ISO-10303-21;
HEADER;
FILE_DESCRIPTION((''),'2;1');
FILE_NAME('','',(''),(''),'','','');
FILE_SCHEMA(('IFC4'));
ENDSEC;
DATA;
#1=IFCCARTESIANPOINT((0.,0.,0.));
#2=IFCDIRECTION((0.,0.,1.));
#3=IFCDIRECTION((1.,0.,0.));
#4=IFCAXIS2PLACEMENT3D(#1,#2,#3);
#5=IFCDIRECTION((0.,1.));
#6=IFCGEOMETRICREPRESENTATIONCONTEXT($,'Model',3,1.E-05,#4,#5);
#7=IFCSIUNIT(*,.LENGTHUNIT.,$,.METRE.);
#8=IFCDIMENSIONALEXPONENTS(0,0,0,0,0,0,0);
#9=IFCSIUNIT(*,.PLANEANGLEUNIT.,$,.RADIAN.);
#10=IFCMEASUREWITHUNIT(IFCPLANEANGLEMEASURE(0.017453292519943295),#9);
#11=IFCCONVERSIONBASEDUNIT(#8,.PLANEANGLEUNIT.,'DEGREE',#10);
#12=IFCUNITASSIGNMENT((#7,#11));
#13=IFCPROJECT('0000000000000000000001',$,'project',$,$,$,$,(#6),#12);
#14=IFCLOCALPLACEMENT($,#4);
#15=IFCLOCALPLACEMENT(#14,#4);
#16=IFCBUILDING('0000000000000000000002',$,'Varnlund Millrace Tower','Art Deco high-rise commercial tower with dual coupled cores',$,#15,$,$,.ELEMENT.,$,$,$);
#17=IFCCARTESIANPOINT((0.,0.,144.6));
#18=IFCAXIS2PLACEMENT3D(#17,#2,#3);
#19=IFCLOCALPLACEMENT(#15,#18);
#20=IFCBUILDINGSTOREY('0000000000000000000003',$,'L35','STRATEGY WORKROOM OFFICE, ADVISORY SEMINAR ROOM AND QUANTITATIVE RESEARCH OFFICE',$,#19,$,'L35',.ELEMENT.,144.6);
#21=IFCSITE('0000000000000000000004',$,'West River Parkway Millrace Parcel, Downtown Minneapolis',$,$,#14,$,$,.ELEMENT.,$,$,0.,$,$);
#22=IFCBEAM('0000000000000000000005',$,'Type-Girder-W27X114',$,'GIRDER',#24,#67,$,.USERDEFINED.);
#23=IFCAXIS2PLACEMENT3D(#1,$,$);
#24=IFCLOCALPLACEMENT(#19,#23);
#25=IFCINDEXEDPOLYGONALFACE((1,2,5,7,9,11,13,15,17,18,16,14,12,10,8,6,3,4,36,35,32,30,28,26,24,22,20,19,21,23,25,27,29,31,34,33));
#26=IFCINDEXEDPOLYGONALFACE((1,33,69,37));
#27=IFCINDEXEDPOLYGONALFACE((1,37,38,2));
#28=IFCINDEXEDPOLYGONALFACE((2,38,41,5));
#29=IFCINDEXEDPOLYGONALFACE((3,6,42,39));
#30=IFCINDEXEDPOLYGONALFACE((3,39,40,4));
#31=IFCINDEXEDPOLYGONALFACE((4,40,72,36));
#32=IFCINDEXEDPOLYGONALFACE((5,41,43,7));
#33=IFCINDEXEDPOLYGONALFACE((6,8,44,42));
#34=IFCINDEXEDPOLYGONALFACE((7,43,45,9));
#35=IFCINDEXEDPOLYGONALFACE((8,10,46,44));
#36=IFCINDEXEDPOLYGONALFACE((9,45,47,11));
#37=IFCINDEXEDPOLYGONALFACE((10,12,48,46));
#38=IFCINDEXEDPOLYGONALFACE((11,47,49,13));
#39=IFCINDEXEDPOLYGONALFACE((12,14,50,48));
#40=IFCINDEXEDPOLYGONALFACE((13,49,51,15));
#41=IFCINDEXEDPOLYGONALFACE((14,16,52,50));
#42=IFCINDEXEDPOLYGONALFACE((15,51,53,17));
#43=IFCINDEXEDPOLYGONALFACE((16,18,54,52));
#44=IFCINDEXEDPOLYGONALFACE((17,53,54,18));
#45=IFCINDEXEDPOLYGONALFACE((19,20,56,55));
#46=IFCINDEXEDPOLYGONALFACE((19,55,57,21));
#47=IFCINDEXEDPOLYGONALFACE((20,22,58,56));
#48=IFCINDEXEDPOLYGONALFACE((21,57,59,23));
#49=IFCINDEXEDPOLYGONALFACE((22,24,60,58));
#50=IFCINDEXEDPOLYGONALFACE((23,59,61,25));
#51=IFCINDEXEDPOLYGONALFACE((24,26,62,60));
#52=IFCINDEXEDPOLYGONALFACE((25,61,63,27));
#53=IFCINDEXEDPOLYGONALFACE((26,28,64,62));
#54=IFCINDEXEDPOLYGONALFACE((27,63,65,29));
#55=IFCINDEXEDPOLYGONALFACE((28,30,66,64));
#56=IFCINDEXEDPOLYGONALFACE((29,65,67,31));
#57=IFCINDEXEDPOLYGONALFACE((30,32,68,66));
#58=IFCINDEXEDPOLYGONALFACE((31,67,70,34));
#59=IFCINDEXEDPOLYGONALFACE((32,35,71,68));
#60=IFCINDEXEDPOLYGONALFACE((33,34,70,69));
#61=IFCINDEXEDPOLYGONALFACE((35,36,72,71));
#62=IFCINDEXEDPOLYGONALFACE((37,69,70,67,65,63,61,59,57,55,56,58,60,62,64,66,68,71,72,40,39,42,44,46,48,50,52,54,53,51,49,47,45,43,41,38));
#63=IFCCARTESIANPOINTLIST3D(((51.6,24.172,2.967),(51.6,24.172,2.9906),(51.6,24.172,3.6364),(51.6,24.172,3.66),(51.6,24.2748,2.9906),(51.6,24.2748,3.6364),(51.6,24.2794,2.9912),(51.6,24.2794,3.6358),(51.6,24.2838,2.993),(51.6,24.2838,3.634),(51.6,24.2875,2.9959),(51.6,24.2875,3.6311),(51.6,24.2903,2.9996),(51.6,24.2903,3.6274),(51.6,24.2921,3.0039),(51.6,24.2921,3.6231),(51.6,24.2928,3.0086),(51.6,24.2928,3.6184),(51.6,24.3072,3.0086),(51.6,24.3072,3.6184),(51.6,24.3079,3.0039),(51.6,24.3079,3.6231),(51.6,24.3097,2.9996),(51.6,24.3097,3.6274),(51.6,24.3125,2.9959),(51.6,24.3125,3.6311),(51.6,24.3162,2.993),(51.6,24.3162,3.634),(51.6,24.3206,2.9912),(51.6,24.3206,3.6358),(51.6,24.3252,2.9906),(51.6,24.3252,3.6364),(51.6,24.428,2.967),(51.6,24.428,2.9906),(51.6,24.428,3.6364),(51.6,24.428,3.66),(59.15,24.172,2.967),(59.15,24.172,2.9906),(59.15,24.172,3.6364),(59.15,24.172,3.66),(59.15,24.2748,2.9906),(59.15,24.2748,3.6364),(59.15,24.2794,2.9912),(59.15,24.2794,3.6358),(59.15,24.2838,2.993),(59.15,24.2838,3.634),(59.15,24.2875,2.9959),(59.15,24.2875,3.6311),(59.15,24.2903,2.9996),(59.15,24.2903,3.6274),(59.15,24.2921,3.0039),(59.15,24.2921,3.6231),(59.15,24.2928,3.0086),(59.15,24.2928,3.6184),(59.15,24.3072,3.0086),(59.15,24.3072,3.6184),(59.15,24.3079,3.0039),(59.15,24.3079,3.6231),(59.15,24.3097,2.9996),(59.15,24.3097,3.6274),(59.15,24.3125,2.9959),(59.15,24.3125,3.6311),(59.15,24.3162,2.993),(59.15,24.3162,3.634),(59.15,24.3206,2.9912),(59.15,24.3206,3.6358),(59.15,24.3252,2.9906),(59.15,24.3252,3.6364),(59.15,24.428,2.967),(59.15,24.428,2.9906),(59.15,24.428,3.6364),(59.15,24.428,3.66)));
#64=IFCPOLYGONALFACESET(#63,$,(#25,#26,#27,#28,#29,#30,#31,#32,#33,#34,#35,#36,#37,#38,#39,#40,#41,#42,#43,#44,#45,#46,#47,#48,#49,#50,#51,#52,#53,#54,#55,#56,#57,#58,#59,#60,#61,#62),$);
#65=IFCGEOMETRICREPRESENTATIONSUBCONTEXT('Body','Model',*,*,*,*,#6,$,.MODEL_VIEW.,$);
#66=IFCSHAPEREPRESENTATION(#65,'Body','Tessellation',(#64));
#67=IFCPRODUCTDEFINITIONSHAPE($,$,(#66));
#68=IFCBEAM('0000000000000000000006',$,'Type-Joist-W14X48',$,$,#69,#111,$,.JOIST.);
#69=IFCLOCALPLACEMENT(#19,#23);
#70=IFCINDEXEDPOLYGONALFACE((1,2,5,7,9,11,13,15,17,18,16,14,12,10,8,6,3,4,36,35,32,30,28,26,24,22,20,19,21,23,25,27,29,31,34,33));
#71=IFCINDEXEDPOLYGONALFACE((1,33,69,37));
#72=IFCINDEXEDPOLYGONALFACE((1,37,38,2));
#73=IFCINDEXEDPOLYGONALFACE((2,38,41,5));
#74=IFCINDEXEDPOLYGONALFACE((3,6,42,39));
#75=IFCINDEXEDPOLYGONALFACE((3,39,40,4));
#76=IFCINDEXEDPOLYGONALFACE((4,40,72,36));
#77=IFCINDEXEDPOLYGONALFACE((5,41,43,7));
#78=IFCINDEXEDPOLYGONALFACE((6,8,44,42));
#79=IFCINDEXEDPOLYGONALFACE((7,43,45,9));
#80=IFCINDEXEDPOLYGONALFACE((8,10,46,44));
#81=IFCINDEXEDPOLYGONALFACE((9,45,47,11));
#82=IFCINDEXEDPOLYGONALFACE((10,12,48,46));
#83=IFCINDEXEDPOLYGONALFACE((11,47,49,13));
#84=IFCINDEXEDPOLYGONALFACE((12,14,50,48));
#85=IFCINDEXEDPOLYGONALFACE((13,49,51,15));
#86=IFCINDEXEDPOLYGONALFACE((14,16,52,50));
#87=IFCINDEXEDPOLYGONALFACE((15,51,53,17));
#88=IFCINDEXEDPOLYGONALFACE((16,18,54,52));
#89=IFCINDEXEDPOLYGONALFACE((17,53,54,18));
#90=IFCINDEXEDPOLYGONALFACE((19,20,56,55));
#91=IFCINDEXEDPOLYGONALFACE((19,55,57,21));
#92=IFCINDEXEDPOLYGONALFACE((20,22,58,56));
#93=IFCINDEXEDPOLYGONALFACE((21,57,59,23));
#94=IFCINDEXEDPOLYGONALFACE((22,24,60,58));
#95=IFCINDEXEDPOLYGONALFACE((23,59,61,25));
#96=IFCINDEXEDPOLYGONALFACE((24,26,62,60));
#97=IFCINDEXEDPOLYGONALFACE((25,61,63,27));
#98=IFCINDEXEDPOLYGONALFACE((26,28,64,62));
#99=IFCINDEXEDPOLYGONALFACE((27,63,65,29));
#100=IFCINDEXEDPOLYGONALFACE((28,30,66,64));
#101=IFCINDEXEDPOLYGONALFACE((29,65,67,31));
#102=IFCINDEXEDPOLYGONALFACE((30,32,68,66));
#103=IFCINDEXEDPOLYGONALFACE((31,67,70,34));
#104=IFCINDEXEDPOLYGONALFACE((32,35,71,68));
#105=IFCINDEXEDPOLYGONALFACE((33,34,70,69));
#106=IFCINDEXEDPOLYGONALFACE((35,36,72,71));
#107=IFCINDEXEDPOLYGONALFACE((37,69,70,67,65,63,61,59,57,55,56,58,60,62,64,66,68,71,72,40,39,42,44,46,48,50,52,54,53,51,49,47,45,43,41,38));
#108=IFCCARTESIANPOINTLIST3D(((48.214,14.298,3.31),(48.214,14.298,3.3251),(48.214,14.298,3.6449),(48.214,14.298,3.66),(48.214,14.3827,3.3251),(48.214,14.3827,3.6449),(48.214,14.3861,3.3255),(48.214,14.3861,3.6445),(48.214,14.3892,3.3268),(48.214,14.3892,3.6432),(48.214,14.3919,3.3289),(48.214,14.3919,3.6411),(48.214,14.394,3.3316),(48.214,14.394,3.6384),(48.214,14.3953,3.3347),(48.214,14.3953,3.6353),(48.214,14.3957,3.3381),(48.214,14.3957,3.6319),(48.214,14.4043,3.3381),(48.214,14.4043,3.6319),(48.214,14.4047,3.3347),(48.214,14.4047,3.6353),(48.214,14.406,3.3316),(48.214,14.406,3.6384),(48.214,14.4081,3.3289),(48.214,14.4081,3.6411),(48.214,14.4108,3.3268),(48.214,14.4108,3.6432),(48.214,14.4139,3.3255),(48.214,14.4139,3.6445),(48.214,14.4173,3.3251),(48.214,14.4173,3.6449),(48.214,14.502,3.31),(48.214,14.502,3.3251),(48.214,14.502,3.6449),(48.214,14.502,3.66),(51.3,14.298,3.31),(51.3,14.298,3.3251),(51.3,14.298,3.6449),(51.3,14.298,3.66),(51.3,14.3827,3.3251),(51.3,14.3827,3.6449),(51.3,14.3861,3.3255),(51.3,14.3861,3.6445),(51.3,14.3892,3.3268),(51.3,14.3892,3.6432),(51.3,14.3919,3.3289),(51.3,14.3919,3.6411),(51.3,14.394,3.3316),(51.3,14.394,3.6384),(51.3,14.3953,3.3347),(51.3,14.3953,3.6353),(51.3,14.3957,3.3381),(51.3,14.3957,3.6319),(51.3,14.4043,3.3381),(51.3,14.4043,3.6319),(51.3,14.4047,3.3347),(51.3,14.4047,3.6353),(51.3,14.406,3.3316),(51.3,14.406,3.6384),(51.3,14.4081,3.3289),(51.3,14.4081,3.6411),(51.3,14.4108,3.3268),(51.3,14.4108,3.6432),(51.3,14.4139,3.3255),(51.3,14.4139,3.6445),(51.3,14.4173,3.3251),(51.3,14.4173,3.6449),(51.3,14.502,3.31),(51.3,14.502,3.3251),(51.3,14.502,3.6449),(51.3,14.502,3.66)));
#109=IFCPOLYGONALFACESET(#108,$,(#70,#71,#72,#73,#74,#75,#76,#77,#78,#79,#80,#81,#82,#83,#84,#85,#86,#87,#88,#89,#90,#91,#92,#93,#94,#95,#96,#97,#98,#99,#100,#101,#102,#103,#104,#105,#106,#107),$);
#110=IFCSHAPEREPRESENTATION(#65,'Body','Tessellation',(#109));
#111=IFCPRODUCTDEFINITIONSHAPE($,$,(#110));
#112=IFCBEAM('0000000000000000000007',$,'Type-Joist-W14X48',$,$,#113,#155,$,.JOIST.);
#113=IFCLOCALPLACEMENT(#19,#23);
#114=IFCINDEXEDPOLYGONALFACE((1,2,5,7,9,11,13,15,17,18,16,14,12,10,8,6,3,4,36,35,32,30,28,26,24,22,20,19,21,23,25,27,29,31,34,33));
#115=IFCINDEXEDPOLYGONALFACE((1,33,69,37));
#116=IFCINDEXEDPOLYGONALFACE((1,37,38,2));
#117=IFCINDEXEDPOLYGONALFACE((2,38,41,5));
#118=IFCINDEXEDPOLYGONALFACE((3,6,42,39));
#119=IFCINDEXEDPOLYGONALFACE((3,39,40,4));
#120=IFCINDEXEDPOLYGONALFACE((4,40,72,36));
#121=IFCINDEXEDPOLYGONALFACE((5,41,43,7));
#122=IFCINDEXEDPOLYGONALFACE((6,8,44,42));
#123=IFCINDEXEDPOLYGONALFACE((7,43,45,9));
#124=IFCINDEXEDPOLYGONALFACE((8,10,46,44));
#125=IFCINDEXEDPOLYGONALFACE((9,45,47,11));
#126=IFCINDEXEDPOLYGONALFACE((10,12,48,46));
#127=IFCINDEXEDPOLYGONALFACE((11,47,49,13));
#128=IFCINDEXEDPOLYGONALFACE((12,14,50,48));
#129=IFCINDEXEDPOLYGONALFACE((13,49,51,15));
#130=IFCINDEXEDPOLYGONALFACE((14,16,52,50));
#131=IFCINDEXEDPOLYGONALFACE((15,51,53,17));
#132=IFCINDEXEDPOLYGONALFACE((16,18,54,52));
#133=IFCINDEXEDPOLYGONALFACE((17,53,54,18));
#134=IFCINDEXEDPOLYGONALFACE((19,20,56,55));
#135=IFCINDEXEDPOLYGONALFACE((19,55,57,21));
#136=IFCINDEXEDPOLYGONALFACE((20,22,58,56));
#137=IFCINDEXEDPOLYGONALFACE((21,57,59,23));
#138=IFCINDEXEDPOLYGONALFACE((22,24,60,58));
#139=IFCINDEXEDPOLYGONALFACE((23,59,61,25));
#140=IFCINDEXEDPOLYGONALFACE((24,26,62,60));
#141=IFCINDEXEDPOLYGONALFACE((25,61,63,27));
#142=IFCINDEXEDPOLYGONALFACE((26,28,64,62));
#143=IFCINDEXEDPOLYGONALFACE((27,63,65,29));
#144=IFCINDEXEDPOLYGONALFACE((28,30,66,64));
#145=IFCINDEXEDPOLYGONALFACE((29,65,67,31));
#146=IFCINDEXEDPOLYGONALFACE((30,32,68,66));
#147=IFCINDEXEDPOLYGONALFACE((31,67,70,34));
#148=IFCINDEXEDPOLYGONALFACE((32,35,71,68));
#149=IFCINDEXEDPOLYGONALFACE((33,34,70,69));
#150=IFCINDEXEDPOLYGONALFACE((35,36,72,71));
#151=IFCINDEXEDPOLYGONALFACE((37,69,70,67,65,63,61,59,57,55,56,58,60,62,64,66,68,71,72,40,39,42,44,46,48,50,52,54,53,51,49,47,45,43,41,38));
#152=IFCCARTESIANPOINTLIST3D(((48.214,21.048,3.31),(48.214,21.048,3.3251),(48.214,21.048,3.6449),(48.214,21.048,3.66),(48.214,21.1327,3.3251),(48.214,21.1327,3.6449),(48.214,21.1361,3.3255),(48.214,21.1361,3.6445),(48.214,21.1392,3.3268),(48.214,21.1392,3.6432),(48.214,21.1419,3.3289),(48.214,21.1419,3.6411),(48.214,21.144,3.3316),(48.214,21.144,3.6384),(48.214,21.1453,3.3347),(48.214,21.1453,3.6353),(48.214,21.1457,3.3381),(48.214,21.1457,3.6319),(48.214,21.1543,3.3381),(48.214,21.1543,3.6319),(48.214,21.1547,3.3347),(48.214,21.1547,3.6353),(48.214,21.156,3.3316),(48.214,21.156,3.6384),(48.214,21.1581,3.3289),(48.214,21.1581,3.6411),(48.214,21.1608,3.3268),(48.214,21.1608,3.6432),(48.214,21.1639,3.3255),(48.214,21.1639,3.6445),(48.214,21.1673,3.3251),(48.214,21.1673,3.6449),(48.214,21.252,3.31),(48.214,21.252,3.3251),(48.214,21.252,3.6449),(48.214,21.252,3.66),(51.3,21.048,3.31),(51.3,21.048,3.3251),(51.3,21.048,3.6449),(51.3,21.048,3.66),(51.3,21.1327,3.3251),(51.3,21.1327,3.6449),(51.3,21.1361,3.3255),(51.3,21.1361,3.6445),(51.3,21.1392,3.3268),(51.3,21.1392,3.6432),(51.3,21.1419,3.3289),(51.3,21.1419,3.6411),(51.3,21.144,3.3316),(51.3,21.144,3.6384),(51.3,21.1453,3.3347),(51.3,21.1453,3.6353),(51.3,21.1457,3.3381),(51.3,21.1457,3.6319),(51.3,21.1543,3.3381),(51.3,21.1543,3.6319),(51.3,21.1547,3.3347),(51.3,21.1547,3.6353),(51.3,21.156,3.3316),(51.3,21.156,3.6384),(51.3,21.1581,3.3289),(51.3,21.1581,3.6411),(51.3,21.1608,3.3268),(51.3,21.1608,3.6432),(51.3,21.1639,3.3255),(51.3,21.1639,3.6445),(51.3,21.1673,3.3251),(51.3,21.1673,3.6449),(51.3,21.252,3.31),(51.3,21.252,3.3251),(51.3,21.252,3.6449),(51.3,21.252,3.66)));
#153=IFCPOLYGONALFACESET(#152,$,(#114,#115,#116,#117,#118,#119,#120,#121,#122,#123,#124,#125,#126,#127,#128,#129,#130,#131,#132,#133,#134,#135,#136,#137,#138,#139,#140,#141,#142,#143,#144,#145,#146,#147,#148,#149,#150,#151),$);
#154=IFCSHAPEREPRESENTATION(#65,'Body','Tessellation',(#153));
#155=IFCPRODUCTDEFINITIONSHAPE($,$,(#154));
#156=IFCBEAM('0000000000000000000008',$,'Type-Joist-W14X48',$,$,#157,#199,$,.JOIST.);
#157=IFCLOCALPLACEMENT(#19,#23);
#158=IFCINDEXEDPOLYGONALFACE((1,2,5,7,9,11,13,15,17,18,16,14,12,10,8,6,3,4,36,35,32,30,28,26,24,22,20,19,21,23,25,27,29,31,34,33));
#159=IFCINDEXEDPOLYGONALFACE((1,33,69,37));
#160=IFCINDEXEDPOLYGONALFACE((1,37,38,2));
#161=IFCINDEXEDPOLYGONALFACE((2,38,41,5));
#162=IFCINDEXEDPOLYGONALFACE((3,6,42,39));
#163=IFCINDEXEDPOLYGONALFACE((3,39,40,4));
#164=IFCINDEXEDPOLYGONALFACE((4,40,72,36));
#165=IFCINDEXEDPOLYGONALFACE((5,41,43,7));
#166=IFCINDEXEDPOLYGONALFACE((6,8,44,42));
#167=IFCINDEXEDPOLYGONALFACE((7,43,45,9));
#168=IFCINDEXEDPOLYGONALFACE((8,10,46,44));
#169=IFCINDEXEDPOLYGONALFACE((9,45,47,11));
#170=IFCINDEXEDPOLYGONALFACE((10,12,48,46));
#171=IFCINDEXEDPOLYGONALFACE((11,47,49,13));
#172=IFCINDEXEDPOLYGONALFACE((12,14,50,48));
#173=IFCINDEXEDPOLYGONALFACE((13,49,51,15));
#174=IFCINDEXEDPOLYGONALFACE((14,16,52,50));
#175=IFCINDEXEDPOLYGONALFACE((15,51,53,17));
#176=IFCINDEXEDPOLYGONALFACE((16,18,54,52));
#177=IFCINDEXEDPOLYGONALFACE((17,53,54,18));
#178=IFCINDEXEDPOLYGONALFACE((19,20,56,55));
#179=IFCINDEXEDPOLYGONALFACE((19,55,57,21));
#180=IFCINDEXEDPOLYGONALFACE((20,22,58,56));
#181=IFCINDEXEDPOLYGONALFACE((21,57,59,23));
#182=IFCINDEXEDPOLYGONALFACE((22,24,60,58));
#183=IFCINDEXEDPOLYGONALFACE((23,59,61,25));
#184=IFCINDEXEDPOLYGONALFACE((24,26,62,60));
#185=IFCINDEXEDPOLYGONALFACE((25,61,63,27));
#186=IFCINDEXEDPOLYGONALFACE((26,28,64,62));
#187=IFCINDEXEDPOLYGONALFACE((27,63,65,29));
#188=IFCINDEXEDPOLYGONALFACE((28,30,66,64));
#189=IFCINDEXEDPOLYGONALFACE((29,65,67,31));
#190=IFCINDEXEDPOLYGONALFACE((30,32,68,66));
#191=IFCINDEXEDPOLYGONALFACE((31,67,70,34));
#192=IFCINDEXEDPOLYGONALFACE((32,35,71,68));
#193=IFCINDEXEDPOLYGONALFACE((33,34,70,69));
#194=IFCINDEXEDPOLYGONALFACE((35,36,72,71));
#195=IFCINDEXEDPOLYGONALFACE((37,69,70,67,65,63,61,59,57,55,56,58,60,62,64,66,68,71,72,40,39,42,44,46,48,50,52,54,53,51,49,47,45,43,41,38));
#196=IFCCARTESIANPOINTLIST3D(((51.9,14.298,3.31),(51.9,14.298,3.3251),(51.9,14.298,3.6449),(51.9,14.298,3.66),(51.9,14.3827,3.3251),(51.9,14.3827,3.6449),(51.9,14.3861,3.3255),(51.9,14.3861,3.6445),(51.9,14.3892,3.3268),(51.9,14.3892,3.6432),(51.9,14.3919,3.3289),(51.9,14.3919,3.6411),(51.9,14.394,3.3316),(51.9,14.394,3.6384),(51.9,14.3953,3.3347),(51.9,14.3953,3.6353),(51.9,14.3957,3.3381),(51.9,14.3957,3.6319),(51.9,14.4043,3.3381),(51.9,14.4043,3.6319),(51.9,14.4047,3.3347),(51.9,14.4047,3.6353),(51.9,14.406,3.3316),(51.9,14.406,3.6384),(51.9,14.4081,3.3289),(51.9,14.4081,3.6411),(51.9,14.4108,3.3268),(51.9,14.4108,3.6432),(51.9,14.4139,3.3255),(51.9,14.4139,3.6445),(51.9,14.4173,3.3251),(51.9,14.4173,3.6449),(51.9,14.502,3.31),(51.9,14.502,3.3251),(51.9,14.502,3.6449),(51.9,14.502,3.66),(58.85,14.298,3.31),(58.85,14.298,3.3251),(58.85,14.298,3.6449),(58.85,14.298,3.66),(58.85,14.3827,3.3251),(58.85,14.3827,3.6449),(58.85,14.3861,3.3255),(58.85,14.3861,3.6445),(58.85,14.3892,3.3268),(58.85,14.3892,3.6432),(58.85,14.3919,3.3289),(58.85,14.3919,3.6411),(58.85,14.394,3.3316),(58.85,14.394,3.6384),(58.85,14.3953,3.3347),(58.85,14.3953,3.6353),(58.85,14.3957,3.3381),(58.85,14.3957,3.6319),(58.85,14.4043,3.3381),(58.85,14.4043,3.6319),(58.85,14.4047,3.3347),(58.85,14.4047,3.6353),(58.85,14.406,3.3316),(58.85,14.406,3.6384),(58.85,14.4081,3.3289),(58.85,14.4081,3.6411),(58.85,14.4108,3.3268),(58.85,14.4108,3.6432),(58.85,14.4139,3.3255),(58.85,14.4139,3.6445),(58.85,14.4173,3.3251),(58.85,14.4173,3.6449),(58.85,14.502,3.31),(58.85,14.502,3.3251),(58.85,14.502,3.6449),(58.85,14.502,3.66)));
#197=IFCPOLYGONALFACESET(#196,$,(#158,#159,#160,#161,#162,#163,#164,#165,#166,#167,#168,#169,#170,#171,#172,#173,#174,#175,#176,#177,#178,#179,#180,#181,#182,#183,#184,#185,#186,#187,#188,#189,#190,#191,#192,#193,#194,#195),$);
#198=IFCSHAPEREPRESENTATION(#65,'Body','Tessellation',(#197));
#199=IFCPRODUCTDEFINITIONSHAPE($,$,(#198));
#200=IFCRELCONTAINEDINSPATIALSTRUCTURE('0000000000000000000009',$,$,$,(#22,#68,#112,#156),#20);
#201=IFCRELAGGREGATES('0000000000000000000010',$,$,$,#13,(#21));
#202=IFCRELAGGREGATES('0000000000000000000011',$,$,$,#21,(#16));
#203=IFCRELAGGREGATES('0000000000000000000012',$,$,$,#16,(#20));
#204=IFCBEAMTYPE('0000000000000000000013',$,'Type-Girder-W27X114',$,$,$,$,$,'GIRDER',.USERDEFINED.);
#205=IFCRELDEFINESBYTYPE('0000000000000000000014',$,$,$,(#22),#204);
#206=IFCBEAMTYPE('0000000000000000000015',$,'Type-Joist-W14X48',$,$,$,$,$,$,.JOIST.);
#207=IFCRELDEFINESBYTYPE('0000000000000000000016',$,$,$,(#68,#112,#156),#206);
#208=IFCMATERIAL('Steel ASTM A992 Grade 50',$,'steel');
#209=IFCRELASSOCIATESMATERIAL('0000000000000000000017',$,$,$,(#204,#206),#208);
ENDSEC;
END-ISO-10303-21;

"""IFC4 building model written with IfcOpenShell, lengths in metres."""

from ifc_helpers import new_model, entity, si_unit, converted_unit, direction, frame, origin_with_axes, origin_2d_with_axis, place, context, subcontext, project, spatial, i_section, extrude, material, material_profile, profile_set, type_object, element, save


model = new_model("IFC4")

# Units and contexts
model_context = context("Model", 3, precision=1e-05, world=origin_with_axes(), true_north=direction((0.0, 1.0)))
body_context = subcontext(model_context, "Body", "Model", "MODEL_VIEW")
ifc_project = project(units=[si_unit("LENGTHUNIT", "METRE"), converted_unit("PLANEANGLEUNIT", "DEGREE", entity("IfcPlaneAngleMeasure", 0.017453292519943295), si_unit("PLANEANGLEUNIT", "RADIAN"), dimensions=[0, 0, 0, 0, 0, 0, 0])], contexts=[model_context])

# Site, building, storey
site_placement = place(None, origin_with_axes())
site = spatial("IfcSite", under=ifc_project, at=site_placement, Name="West River Parkway Millrace Parcel, Downtown Minneapolis", CompositionType="ELEMENT", RefElevation=0.0)
building_placement = place(site_placement, origin_with_axes())
building = spatial("IfcBuilding", under=site, at=building_placement, Name="Varnlund Millrace Tower", Description="Art Deco high-rise commercial tower with dual coupled cores", CompositionType="ELEMENT")
storey_placement = place(building_placement, frame((0.0, 0.0, 144.6), z_axis=(0.0, 0.0, 1.0), x_axis=(1.0, 0.0, 0.0)))
storey = spatial("IfcBuildingStorey", under=building, at=storey_placement, Name="L35", Description="STRATEGY WORKROOM OFFICE, ADVISORY SEMINAR ROOM AND QUANTITATIVE RESEARCH OFFICE", LongName="L35", CompositionType="ELEMENT", Elevation=144.6)

# Beams
ifc_material_1 = material(Name="Steel ASTM A992 Grade 50", Category="steel")
ifc_material_profile_1 = material_profile(ifc_material_1, i_section(OverallWidth=0.256, OverallDepth=0.693, WebThickness=0.0145, FlangeThickness=0.0236, FilletRadius=0.018, at=origin_2d_with_axis()), Name="Steel ASTM A992 Grade 50")
ifc_profile_set_1 = profile_set([ifc_material_profile_1], Name="Steel ASTM A992 Grade 50")
beam_type_1 = type_object("IfcBeamType", Name="Type-Girder-W27X114", ElementType="GIRDER", PredefinedType="USERDEFINED", material=ifc_profile_set_1)
beam_1_placement = place(storey_placement, frame((51.6, 24.3, 3.3135), z_axis=(1.0, 0.0, 0.0), x_axis=(0.0, 1.0, 0.0)))
element("IfcBeam", 1, at=beam_1_placement, inside=storey, type_object=beam_type_1, Name="Type-Girder-W27X114", ObjectType="GIRDER", PredefinedType="USERDEFINED", context=body_context, shape_type="SweptSolid", body=[
    extrude(i_section(OverallWidth=0.256, OverallDepth=0.693, WebThickness=0.0145, FlangeThickness=0.0236, FilletRadius=0.018, at=origin_2d_with_axis()), origin_with_axes(), (0.0, 0.0, 1.0), 7.55),
])
ifc_material_profile_2 = material_profile(ifc_material_1, i_section(OverallWidth=0.204, OverallDepth=0.35, WebThickness=0.0086, FlangeThickness=0.0151, FilletRadius=0.013, at=origin_2d_with_axis()), Name="Steel ASTM A992 Grade 50")
ifc_profile_set_2 = profile_set([ifc_material_profile_2], Name="Steel ASTM A992 Grade 50")
beam_type_2 = type_object("IfcBeamType", Name="Type-Joist-W14X48", PredefinedType="JOIST", material=ifc_profile_set_2)
for number, where, z_axis, x_axis, name in (
    (2, (48.214, 14.4, 3.485), (1.0, 0.0, 0.0), (0.0, 1.0, 0.0), "Type-Joist-W14X48"),
    (3, (48.214, 21.15, 3.485), (1.0, 0.0, 0.0), (0.0, 1.0, 0.0), "Type-Joist-W14X48"),
):
    element("IfcBeam", number, at=place(storey_placement, frame(where, z_axis=z_axis, x_axis=x_axis)), inside=storey, type_object=beam_type_2, Name=name, PredefinedType="JOIST", context=body_context, shape_type="SweptSolid", body=[
        extrude(i_section(OverallWidth=0.204, OverallDepth=0.35, WebThickness=0.0086, FlangeThickness=0.0151, FilletRadius=0.013, at=origin_2d_with_axis()), origin_with_axes(), (0.0, 0.0, 1.0), 3.086),
    ])
for number, where, z_axis, x_axis, name in (
    (4, (51.9, 14.4, 3.485), (1.0, 0.0, 0.0), (0.0, 1.0, 0.0), "Type-Joist-W14X48"),
):
    element("IfcBeam", number, at=place(storey_placement, frame(where, z_axis=z_axis, x_axis=x_axis)), inside=storey, type_object=beam_type_2, Name=name, PredefinedType="JOIST", context=body_context, shape_type="SweptSolid", body=[
        extrude(i_section(OverallWidth=0.204, OverallDepth=0.35, WebThickness=0.0086, FlangeThickness=0.0151, FilletRadius=0.013, at=origin_2d_with_axis()), origin_with_axes(), (0.0, 0.0, 1.0), 6.95),
    ])

save(model, "model.ifc")
